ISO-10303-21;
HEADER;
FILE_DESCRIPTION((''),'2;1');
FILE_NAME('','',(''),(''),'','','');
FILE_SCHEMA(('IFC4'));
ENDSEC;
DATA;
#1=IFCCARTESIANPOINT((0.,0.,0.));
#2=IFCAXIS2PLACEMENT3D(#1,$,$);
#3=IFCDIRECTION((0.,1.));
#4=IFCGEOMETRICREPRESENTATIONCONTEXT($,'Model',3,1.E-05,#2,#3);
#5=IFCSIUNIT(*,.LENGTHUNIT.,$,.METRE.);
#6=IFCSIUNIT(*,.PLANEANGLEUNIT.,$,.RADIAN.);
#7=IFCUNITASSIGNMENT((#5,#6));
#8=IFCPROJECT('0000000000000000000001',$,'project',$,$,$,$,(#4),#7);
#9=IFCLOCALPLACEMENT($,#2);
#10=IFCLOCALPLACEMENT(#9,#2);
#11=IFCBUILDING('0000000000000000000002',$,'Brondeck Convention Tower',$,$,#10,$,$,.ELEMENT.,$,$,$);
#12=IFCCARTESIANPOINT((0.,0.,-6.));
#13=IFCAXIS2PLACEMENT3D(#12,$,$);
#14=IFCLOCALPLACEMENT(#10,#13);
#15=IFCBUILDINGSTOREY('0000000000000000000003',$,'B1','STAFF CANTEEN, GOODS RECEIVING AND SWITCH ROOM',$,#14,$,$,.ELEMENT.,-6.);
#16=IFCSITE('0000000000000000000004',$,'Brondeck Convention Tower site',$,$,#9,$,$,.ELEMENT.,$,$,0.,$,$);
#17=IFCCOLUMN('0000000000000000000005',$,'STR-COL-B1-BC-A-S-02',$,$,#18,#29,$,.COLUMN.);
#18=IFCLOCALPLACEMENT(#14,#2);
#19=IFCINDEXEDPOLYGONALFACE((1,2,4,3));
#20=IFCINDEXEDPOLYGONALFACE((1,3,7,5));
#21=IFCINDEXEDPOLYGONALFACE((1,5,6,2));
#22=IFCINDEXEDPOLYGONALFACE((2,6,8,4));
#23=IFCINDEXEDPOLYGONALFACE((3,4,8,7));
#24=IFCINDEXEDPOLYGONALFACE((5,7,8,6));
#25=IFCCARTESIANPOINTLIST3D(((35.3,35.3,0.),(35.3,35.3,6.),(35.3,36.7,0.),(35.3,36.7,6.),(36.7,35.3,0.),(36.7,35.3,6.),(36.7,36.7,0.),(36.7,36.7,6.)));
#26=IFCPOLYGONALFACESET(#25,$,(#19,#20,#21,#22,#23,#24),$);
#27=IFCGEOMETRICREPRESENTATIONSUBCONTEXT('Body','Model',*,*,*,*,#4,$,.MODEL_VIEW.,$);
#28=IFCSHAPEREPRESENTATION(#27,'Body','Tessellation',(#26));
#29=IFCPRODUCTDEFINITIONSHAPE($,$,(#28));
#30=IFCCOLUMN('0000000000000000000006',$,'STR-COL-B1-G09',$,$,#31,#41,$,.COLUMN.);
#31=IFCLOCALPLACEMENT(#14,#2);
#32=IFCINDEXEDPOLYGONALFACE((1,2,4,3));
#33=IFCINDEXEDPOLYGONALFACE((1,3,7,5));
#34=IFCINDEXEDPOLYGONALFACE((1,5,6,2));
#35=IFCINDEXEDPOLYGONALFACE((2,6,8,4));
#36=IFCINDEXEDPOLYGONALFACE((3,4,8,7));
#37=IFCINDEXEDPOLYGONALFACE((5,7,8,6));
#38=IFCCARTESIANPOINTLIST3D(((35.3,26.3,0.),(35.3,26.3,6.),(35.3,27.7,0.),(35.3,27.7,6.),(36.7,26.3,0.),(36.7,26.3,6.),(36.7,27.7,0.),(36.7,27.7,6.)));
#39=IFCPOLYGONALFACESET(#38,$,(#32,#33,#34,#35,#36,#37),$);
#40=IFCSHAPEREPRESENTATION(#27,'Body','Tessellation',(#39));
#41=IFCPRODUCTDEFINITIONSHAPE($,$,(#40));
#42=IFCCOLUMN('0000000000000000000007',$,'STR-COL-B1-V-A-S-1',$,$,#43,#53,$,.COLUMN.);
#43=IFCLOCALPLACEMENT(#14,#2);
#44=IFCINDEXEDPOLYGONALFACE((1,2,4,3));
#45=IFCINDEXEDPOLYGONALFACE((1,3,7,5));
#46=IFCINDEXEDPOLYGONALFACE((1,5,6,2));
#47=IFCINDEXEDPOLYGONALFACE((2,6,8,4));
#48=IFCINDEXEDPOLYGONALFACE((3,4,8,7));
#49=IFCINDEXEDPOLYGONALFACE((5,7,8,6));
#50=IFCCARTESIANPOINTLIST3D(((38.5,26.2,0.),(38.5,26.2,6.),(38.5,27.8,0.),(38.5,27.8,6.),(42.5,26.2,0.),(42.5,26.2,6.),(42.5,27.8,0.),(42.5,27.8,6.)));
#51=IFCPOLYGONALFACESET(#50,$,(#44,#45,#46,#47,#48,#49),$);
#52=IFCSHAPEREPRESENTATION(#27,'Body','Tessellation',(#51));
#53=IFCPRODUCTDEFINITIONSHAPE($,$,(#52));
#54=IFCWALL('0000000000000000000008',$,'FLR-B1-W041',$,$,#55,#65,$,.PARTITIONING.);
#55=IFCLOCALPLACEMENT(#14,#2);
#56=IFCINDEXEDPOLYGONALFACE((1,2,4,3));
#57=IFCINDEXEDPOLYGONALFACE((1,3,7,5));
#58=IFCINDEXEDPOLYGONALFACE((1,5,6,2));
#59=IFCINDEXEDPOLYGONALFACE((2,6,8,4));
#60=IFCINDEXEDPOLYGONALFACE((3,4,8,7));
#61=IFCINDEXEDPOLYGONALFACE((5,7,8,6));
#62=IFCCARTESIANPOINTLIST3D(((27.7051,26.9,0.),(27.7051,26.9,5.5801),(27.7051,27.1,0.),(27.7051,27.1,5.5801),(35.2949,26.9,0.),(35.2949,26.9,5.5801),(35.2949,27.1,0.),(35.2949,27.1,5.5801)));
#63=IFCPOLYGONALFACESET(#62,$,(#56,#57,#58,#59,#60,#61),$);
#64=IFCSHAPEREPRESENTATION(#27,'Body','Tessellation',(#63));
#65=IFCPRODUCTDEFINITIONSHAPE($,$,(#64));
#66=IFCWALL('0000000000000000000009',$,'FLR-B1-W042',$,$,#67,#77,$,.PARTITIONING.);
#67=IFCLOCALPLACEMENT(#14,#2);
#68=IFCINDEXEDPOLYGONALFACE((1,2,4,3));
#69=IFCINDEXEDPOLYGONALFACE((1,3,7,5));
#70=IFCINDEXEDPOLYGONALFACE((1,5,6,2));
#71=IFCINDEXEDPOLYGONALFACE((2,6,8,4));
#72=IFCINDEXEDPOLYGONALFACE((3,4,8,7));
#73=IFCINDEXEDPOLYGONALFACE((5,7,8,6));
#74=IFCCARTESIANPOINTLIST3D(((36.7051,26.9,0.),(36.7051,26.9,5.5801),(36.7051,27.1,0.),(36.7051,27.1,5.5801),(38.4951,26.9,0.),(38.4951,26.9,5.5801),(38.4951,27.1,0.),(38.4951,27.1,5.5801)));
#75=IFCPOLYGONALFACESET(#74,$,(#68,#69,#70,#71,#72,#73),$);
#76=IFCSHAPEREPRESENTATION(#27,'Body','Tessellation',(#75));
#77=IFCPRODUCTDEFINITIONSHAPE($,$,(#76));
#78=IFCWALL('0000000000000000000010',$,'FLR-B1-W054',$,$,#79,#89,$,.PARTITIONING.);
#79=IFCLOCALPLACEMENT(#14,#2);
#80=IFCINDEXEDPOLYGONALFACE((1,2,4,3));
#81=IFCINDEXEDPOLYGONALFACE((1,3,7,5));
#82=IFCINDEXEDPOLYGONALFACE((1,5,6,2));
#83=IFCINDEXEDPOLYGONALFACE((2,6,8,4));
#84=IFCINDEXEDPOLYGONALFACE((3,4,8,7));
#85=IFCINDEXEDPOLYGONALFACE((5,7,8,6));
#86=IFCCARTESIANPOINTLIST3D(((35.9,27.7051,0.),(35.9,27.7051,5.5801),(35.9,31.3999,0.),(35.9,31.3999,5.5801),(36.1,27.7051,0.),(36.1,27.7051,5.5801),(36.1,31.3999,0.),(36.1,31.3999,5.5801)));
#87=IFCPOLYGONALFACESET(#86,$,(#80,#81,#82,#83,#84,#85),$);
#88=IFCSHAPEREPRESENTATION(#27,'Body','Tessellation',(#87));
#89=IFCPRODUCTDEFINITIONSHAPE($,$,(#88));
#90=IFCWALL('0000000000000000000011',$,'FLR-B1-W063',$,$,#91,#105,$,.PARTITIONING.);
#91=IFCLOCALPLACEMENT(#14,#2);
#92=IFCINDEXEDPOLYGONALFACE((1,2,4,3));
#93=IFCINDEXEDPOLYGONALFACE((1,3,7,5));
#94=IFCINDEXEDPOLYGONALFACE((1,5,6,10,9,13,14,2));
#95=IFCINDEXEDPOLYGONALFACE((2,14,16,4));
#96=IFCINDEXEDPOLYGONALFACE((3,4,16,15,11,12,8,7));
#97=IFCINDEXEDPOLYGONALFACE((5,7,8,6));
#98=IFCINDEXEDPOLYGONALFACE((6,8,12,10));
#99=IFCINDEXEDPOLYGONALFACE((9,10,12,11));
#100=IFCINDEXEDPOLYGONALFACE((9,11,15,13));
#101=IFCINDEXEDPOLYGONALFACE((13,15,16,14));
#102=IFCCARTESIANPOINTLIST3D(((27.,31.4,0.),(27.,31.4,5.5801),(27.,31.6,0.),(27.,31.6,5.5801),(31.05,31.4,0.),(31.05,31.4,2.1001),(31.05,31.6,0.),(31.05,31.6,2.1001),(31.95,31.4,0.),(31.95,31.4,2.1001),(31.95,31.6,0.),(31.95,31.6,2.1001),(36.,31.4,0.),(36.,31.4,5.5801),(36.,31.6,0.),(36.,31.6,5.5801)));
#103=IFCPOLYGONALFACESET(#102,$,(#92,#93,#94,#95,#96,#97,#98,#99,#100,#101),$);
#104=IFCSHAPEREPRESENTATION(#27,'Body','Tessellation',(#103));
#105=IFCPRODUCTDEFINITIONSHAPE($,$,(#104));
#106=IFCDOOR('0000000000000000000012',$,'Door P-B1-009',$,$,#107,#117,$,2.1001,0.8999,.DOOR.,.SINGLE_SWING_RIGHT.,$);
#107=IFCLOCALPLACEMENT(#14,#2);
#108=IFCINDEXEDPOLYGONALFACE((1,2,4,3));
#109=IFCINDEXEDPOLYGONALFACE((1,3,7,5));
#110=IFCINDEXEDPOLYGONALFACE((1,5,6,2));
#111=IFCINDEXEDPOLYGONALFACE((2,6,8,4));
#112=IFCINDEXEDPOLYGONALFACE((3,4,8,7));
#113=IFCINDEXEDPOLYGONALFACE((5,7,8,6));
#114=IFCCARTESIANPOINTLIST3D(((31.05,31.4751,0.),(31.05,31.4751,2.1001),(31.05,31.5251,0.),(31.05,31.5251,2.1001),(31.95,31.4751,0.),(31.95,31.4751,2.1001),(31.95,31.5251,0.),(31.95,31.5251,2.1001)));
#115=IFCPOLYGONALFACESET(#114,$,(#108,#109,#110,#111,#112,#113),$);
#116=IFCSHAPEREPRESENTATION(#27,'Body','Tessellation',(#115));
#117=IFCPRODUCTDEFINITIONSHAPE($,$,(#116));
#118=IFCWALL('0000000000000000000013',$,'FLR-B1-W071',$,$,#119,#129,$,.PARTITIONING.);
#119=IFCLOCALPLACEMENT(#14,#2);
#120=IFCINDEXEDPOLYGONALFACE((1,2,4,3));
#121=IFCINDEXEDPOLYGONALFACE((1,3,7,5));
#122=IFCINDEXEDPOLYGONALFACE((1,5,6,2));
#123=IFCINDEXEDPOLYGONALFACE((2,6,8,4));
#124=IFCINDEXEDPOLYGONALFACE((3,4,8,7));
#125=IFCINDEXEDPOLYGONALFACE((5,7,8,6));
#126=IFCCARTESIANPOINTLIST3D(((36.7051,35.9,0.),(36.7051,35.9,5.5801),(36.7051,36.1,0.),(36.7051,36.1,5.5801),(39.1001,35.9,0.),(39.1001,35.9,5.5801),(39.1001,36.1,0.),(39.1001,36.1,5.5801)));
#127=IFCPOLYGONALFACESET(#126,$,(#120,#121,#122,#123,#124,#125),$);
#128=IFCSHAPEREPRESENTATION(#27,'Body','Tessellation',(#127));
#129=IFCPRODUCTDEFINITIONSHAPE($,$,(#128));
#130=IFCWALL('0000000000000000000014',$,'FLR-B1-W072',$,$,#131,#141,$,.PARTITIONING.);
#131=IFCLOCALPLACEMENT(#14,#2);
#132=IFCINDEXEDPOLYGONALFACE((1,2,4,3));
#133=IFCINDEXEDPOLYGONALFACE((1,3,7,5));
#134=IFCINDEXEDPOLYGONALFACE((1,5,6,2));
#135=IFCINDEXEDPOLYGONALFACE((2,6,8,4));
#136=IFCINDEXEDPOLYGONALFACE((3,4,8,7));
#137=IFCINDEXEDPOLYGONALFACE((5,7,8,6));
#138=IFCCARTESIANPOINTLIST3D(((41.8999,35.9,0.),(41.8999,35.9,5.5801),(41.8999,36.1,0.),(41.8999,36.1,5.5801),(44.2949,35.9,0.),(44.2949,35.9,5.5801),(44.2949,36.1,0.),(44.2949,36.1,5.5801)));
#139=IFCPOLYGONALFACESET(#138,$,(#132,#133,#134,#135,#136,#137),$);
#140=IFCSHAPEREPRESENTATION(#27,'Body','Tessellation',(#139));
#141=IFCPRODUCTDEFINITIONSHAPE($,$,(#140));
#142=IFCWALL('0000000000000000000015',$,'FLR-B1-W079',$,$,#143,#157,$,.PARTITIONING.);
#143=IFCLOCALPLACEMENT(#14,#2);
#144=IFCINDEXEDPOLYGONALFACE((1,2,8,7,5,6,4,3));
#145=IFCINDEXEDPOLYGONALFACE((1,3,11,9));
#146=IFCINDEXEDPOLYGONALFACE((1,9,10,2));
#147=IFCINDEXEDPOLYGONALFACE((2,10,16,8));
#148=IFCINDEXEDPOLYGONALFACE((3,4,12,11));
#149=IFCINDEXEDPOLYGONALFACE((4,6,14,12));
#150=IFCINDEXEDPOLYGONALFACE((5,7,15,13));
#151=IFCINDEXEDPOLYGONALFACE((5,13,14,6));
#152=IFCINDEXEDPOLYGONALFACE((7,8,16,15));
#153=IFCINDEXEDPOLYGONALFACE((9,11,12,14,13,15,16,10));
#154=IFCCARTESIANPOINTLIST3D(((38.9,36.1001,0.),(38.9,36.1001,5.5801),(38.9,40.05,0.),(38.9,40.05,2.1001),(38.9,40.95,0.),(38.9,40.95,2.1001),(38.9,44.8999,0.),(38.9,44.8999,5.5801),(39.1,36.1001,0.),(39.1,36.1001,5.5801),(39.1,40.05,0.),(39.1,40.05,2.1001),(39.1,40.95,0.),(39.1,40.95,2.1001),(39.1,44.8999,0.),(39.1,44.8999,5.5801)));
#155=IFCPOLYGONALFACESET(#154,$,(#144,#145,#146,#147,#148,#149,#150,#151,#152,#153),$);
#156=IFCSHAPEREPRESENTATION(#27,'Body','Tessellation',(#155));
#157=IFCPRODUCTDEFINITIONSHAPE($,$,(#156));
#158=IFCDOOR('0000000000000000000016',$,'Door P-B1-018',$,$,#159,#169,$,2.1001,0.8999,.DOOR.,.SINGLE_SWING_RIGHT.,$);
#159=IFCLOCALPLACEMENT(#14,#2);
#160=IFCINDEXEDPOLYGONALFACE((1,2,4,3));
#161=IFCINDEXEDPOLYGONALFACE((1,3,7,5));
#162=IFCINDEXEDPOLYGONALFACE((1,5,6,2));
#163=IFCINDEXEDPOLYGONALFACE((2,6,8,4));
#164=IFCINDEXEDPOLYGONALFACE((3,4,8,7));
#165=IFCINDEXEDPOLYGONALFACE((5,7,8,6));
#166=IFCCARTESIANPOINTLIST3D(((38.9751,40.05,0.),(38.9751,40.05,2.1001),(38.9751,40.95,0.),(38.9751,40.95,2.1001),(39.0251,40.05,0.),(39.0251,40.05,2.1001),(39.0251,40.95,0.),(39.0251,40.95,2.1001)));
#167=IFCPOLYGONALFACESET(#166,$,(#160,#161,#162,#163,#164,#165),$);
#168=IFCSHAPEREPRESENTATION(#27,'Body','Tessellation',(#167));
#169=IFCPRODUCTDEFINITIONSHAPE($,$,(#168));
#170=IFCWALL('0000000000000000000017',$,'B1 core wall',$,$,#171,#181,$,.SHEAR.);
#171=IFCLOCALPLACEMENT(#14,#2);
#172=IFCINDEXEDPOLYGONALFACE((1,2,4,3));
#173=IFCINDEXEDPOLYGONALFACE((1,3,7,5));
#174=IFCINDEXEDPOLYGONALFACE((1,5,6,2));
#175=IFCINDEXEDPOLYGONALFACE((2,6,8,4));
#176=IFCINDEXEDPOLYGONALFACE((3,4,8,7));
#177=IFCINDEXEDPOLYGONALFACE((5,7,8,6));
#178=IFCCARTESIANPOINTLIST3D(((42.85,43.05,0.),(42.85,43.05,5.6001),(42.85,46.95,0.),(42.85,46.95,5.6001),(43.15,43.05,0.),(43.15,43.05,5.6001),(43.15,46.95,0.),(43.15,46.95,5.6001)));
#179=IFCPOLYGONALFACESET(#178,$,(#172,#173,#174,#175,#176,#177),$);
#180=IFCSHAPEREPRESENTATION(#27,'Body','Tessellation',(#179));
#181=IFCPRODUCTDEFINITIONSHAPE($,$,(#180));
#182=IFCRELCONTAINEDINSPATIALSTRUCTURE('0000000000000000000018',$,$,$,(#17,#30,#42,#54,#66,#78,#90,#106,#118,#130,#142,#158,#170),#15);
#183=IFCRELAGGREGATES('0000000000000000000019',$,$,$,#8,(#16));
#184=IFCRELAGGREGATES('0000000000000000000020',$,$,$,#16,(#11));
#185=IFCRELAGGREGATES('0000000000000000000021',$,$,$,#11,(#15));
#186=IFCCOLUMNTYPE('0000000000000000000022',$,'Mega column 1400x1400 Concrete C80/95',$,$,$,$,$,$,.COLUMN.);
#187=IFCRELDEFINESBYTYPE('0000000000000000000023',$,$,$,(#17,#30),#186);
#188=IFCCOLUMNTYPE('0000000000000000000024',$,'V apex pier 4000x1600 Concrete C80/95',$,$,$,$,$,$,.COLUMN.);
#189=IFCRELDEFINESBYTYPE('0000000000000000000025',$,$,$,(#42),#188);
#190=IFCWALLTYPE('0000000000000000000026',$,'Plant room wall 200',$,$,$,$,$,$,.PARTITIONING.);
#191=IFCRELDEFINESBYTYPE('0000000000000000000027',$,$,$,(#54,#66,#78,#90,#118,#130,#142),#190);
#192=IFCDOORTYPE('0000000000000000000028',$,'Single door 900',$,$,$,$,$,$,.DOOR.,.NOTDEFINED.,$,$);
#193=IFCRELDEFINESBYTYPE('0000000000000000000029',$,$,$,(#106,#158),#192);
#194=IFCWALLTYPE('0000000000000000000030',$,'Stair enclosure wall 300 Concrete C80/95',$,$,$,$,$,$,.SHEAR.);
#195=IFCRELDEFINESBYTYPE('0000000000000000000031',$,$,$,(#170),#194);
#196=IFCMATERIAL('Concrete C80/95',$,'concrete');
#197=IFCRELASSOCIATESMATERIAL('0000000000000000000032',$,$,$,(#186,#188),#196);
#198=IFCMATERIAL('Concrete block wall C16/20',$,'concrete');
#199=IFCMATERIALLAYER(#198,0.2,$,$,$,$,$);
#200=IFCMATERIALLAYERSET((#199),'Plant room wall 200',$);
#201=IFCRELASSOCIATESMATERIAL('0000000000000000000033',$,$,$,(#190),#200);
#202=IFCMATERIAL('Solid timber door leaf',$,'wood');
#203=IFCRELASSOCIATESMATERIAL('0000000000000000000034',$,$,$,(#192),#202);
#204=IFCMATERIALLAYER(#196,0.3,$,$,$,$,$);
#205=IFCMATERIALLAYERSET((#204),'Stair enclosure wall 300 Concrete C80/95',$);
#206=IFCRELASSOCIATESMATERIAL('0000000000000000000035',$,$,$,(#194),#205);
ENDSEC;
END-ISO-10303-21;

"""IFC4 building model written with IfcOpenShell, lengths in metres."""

from ifc_helpers import new_model, si_unit, direction, frame, frame_2d, origin, origin_2d, place, context, subcontext, project, spatial, rectangle, extrude, material, layer, layer_set, material_profile, profile_set, type_object, element, fill, save


model = new_model("IFC4")

# Units and contexts
model_context = context("Model", 3, precision=1e-05, world=origin(), true_north=direction((0.0, 1.0)))
body_context = subcontext(model_context, "Body", "Model", "MODEL_VIEW")
ifc_project = project(units=[si_unit("LENGTHUNIT", "METRE"), si_unit("PLANEANGLEUNIT", "RADIAN")], contexts=[model_context])

# Site, building, storey
site_placement = place(None, origin())
site = spatial("IfcSite", under=ifc_project, at=site_placement, Name="Brondeck Convention Tower site", CompositionType="ELEMENT", RefElevation=0.0)
building_placement = place(site_placement, origin())
building = spatial("IfcBuilding", under=site, at=building_placement, Name="Brondeck Convention Tower", CompositionType="ELEMENT")
storey_placement = place(building_placement, frame((0.0, 0.0, -6.0)))
storey = spatial("IfcBuildingStorey", under=building, at=storey_placement, Name="B1", Description="STAFF CANTEEN, GOODS RECEIVING AND SWITCH ROOM", CompositionType="ELEMENT", Elevation=-6.0)

# Columns
ifc_material_1 = material(Name="Concrete C80/95", Category="concrete")
ifc_material_profile_1 = material_profile(ifc_material_1, rectangle(XDim=1.3999, YDim=1.3999, at=origin_2d()), Name="Mega column 1400x1400 Concrete C80/95")
ifc_profile_set_1 = profile_set([ifc_material_profile_1], Name="Concrete C80/95")
column_type_1 = type_object("IfcColumnType", Name="Mega column 1400x1400 Concrete C80/95", PredefinedType="COLUMN", material=ifc_profile_set_1)
for number, where, z_axis, x_axis, name in (
    (1, (36.0, 36.0, 0.0), (0.0, 0.0, 1.0), (1.0, 0.0, 0.0), "STR-COL-B1-BC-A-S-02"),
    (2, (36.0, 27.0, 0.0), (0.0, 0.0, 1.0), (1.0, 0.0, 0.0), "STR-COL-B1-G09"),
):
    element("IfcColumn", number, at=place(storey_placement, frame(where, z_axis=z_axis, x_axis=x_axis)), inside=storey, type_object=column_type_1, Name=name, PredefinedType="COLUMN", context=body_context, shape_type="SweptSolid", body=[
        extrude(rectangle(XDim=1.3999, YDim=1.3999, at=origin_2d()), origin(), (0.0, 0.0, 1.0), 6.0),
    ])
ifc_material_profile_2 = material_profile(ifc_material_1, rectangle(XDim=4.0, YDim=1.6001, at=origin_2d()), Name="V apex pier 4000x1600 Concrete C80/95")
ifc_profile_set_2 = profile_set([ifc_material_profile_2], Name="Concrete C80/95")
column_type_2 = type_object("IfcColumnType", Name="V apex pier 4000x1600 Concrete C80/95", PredefinedType="COLUMN", material=ifc_profile_set_2)
column_placement = place(storey_placement, frame((40.5, 27.0, 0.0), z_axis=(0.0, 0.0, 1.0), x_axis=(1.0, 0.0, 0.0)))
element("IfcColumn", 3, at=column_placement, inside=storey, type_object=column_type_2, Name="STR-COL-B1-V-A-S-1", PredefinedType="COLUMN", context=body_context, shape_type="SweptSolid", body=[
    extrude(rectangle(XDim=4.0, YDim=1.6001, at=origin_2d()), origin(), (0.0, 0.0, 1.0), 6.0),
])

# Walls
ifc_material_2 = material(Name="Concrete block wall C16/20", Category="concrete")
ifc_layer_1 = layer(ifc_material_2, 0.2)
ifc_layer_set_1 = layer_set([ifc_layer_1], Name="Plant room wall 200")
wall_type_1 = type_object("IfcWallType", Name="Plant room wall 200", PredefinedType="PARTITIONING", material=ifc_layer_set_1)
wall_1_placement = place(storey_placement, frame((35.2949, 27.0, 0.0), z_axis=(0.0, 0.0, 1.0), x_axis=(-1.0, 0.0, 0.0)))
element("IfcWall", 4, at=wall_1_placement, inside=storey, type_object=wall_type_1, Name="FLR-B1-W041", PredefinedType="PARTITIONING", context=body_context, shape_type="SweptSolid", body=[
    extrude(rectangle(XDim=7.5898, YDim=0.2, at=frame_2d((3.7949, 0.0))), origin(), (0.0, 0.0, 1.0), 5.5801),
])
wall_2_placement = place(storey_placement, frame((38.4951, 27.0, 0.0), z_axis=(0.0, 0.0, 1.0), x_axis=(-1.0, 0.0, 0.0)))
element("IfcWall", 5, at=wall_2_placement, inside=storey, type_object=wall_type_1, Name="FLR-B1-W042", PredefinedType="PARTITIONING", context=body_context, shape_type="SweptSolid", body=[
    extrude(rectangle(XDim=1.79, YDim=0.2, at=frame_2d((0.895, 0.0))), origin(), (0.0, 0.0, 1.0), 5.5801),
])
wall_3_placement = place(storey_placement, frame((36.0, 31.3999, 0.0), z_axis=(0.0, 0.0, 1.0), x_axis=(0.0, -1.0, 0.0)))
element("IfcWall", 6, at=wall_3_placement, inside=storey, type_object=wall_type_1, Name="FLR-B1-W054", PredefinedType="PARTITIONING", context=body_context, shape_type="SweptSolid", body=[
    extrude(rectangle(XDim=3.6948, YDim=0.2, at=frame_2d((1.8474, 0.0))), origin(), (0.0, 0.0, 1.0), 5.5801),
])

# Wall, opening, door
wall_4_placement = place(storey_placement, frame((36.0, 31.5, 0.0), z_axis=(0.0, 0.0, 1.0), x_axis=(-1.0, 0.0, 0.0)))
wall_4 = element("IfcWall", 7, at=wall_4_placement, inside=storey, type_object=wall_type_1, Name="FLR-B1-W063", PredefinedType="PARTITIONING", context=body_context, shape_type="SweptSolid", body=[
    extrude(rectangle(XDim=9.0, YDim=0.2, at=frame_2d((4.5, 0.0))), origin(), (0.0, 0.0, 1.0), 5.5801),
])
opening_1_placement = place(wall_4_placement, frame((4.05, 0.0, 0.0)))
opening_1 = element("IfcOpeningElement", 8, at=opening_1_placement, cuts=wall_4, PredefinedType="OPENING", context=body_context, shape_type="SweptSolid", body=[
    extrude(rectangle(XDim=0.8999, YDim=2.1001, at=frame_2d((0.45, 1.05))), frame((0.0, 0.1099, 0.0), z_axis=(0.0, -1.0, 0.0), x_axis=(1.0, 0.0, 0.0)), (0.0, 0.0, 1.0), 0.22),
])
ifc_material_3 = material(Name="Solid timber door leaf", Category="wood")
door_type = type_object("IfcDoorType", Name="Single door 900", OperationType="NOTDEFINED", PredefinedType="DOOR", material=ifc_material_3)
door_1_placement = place(opening_1_placement, origin())
door_1 = element("IfcDoor", 9, at=door_1_placement, inside=storey, type_object=door_type, Name="Door P-B1-009", OperationType="SINGLE_SWING_RIGHT", OverallHeight=2.1001, OverallWidth=0.8999, PredefinedType="DOOR", context=body_context, shape_type="SweptSolid", body=[
    extrude(rectangle(XDim=0.8999, YDim=2.1001, at=frame_2d((0.45, 1.05))), frame((0.0, 0.0249, 0.0), z_axis=(0.0, -1.0, 0.0), x_axis=(1.0, 0.0, 0.0)), (0.0, 0.0, 1.0), 0.05),
])
fill(opening_1, door_1)

# Walls
for number, where, z_axis, x_axis, name in (
    (10, (36.7051, 36.0, 0.0), (0.0, 0.0, 1.0), (1.0, 0.0, 0.0), "FLR-B1-W071"),
    (11, (41.8999, 36.0, 0.0), (0.0, 0.0, 1.0), (1.0, 0.0, 0.0), "FLR-B1-W072"),
):
    element("IfcWall", number, at=place(storey_placement, frame(where, z_axis=z_axis, x_axis=x_axis)), inside=storey, type_object=wall_type_1, Name=name, PredefinedType="PARTITIONING", context=body_context, shape_type="SweptSolid", body=[
        extrude(rectangle(XDim=2.395, YDim=0.2, at=frame_2d((1.1975, 0.0))), origin(), (0.0, 0.0, 1.0), 5.5801),
    ])

# Wall, opening, door
wall_5_placement = place(storey_placement, frame((39.0, 36.1001, 0.0), z_axis=(0.0, 0.0, 1.0), x_axis=(0.0, 1.0, 0.0)))
wall_5 = element("IfcWall", 12, at=wall_5_placement, inside=storey, type_object=wall_type_1, Name="FLR-B1-W079", PredefinedType="PARTITIONING", context=body_context, shape_type="SweptSolid", body=[
    extrude(rectangle(XDim=8.7998, YDim=0.2, at=frame_2d((4.3999, 0.0))), origin(), (0.0, 0.0, 1.0), 5.5801),
])
opening_2_placement = place(wall_5_placement, frame((3.95, 0.0, 0.0)))
opening_2 = element("IfcOpeningElement", 13, at=opening_2_placement, cuts=wall_5, PredefinedType="OPENING", context=body_context, shape_type="SweptSolid", body=[
    extrude(rectangle(XDim=0.8999, YDim=2.1001, at=frame_2d((0.45, 1.05))), frame((0.0, 0.1099, 0.0), z_axis=(0.0, -1.0, 0.0), x_axis=(1.0, 0.0, 0.0)), (0.0, 0.0, 1.0), 0.22),
])
door_2_placement = place(opening_2_placement, origin())
door_2 = element("IfcDoor", 14, at=door_2_placement, inside=storey, type_object=door_type, Name="Door P-B1-018", OperationType="SINGLE_SWING_RIGHT", OverallHeight=2.1001, OverallWidth=0.8999, PredefinedType="DOOR", context=body_context, shape_type="SweptSolid", body=[
    extrude(rectangle(XDim=0.8999, YDim=2.1001, at=frame_2d((0.45, 1.05))), frame((0.0, 0.0249, 0.0), z_axis=(0.0, -1.0, 0.0), x_axis=(1.0, 0.0, 0.0)), (0.0, 0.0, 1.0), 0.05),
])
fill(opening_2, door_2)

# Wall
ifc_layer_2 = layer(ifc_material_1, 0.3)
ifc_layer_set_2 = layer_set([ifc_layer_2], Name="Stair enclosure wall 300 Concrete C80/95")
wall_type_2 = type_object("IfcWallType", Name="Stair enclosure wall 300 Concrete C80/95", PredefinedType="SHEAR", material=ifc_layer_set_2)
wall_6_placement = place(storey_placement, frame((43.0, 43.05, 0.0), z_axis=(0.0, 0.0, 1.0), x_axis=(0.0, 1.0, 0.0)))
element("IfcWall", 15, at=wall_6_placement, inside=storey, type_object=wall_type_2, Name="B1 core wall", PredefinedType="SHEAR", context=body_context, shape_type="SweptSolid", body=[
    extrude(rectangle(XDim=3.8999, YDim=0.3, at=frame_2d((1.95, 0.0))), origin(), (0.0, 0.0, 1.0), 5.6001),
])

save(model, "model.ifc")
